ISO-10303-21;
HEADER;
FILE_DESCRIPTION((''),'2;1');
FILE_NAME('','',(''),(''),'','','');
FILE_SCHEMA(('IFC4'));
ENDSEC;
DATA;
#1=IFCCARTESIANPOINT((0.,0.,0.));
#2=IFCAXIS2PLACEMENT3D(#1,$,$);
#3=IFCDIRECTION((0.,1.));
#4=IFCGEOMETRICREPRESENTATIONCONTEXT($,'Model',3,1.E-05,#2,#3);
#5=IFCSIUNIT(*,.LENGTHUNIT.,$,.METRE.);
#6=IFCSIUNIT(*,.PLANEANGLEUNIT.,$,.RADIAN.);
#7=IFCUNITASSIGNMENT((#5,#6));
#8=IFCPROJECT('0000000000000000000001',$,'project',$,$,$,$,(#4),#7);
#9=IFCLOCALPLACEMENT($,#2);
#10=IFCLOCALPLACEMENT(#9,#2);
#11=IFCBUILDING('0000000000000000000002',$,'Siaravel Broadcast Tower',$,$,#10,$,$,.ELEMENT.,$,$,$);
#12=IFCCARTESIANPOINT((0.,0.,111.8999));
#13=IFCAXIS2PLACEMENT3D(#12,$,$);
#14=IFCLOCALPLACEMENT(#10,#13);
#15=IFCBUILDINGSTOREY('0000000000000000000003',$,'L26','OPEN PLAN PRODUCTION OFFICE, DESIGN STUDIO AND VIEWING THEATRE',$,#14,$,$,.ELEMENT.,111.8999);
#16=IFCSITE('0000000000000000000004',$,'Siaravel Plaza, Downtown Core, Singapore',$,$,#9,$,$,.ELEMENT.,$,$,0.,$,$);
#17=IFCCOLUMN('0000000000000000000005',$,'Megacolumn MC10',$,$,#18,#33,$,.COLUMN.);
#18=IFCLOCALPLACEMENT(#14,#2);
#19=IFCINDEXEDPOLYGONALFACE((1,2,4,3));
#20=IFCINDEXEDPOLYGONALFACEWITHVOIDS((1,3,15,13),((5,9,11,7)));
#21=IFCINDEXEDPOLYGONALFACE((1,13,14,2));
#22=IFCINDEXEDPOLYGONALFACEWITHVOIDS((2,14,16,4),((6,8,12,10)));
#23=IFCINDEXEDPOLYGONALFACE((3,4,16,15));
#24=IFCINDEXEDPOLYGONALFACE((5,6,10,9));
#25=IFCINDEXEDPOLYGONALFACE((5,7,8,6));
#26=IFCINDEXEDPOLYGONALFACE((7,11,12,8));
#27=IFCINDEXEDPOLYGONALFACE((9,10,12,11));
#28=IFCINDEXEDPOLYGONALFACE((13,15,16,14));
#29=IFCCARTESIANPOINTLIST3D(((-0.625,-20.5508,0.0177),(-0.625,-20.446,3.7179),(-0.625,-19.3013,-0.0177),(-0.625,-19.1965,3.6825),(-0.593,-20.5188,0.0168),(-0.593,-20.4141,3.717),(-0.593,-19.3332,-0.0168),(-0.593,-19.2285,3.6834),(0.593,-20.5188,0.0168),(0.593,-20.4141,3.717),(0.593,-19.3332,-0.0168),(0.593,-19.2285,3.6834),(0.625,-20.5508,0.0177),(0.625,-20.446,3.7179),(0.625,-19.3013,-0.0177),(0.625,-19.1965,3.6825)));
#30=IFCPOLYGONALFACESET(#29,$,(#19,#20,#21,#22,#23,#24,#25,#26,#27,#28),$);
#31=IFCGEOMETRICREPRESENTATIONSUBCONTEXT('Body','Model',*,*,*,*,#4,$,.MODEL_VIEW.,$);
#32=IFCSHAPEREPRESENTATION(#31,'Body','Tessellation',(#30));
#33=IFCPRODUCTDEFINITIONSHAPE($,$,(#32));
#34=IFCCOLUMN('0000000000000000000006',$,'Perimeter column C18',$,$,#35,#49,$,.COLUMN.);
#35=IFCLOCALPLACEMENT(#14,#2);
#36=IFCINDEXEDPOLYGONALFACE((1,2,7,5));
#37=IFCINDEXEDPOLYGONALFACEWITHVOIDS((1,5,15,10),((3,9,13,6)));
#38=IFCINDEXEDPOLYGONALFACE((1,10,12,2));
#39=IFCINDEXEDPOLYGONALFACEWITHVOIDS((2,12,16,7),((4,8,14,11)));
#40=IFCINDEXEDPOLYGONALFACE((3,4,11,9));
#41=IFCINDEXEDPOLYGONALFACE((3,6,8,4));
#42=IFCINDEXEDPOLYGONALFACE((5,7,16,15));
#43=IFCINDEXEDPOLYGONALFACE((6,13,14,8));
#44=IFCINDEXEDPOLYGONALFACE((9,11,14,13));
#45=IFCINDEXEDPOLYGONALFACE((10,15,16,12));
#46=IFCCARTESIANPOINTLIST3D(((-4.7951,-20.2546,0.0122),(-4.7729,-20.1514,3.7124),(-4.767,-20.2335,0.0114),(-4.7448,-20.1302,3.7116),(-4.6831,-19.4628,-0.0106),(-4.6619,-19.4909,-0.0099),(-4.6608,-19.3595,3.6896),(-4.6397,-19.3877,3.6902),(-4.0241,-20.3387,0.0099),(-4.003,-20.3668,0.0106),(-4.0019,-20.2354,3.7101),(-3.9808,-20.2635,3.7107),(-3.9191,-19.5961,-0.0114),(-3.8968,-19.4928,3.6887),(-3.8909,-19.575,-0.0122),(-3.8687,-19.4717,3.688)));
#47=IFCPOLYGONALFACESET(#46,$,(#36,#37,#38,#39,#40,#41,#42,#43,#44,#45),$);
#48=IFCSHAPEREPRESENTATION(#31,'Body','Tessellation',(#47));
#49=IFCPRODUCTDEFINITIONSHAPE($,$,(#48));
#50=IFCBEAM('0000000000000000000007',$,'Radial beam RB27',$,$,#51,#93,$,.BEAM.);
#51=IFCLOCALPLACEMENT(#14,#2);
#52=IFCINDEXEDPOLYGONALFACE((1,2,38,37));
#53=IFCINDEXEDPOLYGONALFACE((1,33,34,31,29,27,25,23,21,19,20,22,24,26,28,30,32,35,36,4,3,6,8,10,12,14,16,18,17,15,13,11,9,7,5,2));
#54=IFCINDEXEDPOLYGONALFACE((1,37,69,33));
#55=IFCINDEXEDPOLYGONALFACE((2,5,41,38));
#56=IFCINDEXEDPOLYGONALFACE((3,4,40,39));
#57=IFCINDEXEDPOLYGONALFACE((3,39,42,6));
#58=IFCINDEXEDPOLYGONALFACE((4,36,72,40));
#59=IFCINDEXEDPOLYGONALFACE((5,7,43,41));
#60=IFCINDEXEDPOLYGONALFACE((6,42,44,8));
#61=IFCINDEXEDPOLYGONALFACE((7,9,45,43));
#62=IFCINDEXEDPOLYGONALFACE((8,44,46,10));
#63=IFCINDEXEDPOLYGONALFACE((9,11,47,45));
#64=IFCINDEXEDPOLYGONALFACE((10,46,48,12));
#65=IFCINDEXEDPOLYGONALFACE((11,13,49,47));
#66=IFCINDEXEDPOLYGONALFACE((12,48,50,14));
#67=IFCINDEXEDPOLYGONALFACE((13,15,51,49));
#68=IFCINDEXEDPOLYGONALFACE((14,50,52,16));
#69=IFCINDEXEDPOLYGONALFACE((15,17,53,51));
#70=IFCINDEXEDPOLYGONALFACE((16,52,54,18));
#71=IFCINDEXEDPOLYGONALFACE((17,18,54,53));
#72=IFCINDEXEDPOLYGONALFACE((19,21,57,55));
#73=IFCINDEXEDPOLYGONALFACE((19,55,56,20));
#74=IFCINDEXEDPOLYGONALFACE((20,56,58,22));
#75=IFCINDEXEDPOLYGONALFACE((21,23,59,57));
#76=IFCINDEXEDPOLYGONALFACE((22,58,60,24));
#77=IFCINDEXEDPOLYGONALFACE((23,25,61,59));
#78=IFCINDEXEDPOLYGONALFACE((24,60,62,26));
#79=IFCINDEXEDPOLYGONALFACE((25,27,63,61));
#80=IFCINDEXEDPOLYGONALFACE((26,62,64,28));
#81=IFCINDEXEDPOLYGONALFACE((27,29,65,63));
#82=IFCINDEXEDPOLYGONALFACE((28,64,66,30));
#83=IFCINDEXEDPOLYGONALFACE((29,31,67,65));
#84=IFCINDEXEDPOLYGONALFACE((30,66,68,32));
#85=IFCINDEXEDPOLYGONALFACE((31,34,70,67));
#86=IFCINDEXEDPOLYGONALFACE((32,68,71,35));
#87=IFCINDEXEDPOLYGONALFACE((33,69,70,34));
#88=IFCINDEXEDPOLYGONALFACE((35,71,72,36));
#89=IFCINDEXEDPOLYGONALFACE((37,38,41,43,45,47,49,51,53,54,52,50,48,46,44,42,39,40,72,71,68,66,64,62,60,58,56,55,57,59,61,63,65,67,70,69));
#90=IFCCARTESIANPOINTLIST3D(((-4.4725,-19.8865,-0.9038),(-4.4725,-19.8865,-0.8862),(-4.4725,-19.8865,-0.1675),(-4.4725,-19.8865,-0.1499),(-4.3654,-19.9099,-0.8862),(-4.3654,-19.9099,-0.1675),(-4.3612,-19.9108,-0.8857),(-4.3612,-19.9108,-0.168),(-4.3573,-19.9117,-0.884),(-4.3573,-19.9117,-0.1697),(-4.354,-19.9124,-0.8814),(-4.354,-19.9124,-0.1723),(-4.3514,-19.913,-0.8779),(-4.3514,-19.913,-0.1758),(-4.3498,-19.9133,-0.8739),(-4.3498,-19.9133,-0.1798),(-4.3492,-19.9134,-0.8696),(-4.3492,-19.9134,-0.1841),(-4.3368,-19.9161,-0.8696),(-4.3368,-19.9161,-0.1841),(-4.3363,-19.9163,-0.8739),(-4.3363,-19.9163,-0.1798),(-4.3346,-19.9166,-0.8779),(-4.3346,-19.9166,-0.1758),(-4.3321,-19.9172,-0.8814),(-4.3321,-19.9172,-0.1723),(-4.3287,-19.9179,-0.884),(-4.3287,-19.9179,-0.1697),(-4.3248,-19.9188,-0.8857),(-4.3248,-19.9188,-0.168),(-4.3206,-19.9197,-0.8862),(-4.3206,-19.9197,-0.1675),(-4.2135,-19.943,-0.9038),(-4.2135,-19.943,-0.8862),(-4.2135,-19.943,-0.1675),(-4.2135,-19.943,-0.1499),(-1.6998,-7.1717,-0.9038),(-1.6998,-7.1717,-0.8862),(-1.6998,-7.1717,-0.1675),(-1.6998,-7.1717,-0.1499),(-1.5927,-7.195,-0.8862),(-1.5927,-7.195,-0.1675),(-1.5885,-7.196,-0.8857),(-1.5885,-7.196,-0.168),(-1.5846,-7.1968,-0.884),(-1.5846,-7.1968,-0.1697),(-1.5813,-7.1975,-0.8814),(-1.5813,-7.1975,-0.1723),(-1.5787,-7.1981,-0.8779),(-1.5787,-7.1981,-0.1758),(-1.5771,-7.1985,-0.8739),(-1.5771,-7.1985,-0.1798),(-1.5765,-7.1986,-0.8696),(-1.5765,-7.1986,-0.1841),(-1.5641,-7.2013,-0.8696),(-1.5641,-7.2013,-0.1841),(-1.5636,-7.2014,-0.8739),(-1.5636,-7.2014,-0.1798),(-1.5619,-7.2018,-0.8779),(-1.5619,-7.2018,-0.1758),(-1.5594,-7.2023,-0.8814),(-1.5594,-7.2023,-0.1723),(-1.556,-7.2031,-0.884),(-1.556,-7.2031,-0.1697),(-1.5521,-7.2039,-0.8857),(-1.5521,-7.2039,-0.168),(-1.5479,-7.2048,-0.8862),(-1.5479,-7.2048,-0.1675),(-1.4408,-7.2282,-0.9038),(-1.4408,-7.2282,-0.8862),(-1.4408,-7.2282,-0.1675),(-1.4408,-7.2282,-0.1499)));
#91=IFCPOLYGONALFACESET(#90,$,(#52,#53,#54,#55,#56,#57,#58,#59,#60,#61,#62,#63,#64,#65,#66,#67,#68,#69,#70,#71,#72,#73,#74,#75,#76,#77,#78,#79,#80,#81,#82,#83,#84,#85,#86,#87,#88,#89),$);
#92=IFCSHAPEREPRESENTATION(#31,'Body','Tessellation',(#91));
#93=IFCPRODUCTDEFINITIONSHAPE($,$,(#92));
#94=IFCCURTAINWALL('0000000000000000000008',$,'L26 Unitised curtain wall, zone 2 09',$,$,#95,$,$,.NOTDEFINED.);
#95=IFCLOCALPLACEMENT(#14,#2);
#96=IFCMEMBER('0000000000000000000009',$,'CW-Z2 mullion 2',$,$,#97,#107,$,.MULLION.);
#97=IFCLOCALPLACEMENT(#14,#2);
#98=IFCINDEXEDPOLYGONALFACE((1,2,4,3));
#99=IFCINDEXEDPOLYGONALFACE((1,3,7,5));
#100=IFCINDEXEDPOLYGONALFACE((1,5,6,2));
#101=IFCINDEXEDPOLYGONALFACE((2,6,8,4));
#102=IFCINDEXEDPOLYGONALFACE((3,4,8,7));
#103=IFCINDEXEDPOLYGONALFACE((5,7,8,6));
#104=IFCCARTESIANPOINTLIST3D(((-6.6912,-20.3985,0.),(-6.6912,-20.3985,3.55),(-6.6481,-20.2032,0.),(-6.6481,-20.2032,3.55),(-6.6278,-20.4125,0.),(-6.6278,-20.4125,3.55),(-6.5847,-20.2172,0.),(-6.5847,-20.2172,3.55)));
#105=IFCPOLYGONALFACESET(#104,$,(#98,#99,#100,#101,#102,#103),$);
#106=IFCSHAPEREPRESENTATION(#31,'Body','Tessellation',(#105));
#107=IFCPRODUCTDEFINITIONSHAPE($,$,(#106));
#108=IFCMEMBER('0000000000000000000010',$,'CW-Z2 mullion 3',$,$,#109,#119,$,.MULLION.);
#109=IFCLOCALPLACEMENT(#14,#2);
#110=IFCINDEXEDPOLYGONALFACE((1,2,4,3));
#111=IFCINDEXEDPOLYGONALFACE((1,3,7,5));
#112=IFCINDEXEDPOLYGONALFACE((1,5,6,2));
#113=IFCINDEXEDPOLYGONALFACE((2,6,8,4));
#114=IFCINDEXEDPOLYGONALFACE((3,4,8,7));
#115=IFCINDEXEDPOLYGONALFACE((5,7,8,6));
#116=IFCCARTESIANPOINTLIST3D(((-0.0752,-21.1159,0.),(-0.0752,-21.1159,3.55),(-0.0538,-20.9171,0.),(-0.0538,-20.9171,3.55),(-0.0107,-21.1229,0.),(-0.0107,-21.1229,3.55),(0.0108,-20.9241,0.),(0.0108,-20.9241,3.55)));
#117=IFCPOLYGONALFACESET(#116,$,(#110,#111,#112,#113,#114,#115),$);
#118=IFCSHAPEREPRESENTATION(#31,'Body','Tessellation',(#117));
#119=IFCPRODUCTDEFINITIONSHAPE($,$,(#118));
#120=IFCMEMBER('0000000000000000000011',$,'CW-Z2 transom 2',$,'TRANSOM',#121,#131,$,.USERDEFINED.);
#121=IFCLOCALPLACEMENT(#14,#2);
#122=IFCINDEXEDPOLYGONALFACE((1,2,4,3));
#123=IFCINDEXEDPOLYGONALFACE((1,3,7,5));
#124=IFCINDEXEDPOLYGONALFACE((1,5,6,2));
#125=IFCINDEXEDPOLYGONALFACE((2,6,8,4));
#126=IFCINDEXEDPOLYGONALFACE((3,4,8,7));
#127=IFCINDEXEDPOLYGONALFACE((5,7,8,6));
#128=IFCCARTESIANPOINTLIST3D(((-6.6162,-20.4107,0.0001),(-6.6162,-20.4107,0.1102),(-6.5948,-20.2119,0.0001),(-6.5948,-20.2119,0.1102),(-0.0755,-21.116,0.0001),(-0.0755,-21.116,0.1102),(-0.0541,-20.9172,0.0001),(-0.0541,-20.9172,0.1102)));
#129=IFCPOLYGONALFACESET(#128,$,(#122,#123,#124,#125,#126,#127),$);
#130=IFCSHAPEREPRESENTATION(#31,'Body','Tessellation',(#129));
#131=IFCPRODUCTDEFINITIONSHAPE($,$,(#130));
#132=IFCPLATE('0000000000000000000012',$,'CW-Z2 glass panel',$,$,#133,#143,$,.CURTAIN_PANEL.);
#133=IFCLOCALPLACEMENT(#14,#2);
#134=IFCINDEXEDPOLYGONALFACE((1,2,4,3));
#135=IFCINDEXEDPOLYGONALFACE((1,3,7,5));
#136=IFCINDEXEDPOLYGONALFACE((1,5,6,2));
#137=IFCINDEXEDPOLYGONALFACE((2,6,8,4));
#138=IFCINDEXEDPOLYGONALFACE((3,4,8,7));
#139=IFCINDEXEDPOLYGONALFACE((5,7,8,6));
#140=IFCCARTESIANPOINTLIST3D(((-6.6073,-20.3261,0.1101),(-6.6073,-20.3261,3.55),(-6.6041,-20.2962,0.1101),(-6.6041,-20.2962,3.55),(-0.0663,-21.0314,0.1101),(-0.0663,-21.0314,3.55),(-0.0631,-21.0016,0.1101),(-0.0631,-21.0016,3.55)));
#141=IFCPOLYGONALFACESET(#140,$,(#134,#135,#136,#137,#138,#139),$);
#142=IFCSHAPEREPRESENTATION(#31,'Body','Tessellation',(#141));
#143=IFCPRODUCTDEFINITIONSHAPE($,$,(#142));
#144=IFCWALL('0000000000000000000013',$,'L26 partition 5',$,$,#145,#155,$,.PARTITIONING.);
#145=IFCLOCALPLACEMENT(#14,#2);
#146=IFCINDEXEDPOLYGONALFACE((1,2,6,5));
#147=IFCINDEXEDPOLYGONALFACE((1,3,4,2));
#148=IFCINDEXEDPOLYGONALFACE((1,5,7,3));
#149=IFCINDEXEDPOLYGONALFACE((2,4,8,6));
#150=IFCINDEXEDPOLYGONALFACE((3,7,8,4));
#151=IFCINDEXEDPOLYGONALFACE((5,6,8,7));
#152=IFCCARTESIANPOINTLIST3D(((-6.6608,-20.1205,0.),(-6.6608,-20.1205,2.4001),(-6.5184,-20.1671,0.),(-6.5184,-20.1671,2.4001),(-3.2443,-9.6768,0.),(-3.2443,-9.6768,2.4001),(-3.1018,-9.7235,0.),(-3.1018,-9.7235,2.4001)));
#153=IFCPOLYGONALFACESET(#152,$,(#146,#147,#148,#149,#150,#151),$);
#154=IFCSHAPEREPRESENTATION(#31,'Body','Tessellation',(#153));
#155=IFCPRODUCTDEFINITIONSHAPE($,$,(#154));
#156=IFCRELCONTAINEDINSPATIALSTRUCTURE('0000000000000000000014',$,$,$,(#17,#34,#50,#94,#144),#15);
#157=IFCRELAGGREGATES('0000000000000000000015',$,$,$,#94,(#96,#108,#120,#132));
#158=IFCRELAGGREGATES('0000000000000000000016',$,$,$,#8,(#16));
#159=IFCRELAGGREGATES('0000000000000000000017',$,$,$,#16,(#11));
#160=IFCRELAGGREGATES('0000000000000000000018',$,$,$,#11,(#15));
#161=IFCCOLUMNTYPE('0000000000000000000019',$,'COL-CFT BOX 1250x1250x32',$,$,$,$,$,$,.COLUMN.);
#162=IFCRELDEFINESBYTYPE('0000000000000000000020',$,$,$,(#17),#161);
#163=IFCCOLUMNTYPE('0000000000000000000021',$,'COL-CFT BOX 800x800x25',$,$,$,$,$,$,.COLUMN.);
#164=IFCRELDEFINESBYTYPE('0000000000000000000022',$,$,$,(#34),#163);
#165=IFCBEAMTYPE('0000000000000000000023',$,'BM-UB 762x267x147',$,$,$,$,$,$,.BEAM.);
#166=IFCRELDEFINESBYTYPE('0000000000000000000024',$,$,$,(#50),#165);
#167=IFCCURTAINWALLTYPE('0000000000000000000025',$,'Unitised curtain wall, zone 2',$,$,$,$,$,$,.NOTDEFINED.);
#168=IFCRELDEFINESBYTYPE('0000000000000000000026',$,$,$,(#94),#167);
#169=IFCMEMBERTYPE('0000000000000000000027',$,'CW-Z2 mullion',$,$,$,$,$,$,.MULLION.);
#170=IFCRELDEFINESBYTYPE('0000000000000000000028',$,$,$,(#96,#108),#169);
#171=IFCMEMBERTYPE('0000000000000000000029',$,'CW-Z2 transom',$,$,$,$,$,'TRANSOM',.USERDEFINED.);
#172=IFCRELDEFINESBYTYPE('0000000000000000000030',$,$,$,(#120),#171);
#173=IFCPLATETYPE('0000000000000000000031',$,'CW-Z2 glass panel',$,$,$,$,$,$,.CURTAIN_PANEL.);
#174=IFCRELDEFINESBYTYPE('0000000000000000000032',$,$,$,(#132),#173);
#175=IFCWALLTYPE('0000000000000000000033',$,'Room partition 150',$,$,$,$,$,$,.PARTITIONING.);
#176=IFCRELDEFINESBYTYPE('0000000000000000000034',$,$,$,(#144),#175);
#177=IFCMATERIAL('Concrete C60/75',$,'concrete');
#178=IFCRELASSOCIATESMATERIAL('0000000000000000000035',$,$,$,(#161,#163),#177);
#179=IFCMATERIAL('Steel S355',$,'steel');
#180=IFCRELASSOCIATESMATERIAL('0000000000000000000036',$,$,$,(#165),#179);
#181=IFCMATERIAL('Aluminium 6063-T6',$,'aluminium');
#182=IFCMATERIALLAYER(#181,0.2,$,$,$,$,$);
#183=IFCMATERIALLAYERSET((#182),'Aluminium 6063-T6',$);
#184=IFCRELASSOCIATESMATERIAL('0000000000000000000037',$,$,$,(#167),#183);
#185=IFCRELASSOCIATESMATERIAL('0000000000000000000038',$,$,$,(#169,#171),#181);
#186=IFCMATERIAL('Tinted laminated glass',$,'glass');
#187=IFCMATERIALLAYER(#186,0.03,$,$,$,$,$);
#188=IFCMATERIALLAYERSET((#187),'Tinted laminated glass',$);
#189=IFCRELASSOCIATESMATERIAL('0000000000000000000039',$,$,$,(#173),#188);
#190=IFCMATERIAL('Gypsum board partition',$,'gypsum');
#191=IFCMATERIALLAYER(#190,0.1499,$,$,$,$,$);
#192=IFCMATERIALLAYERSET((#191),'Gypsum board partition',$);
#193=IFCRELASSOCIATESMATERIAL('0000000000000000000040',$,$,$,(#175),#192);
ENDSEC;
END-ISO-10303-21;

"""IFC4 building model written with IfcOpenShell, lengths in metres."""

from ifc_helpers import new_model, si_unit, direction, frame, frame_2d, origin, origin_2d, place, context, subcontext, project, spatial, rectangle, hollow_rectangle, i_section, extrude, material, layer, layer_set, material_profile, profile_set, type_object, element, aggregate, save


model = new_model("IFC4")

# Units and contexts
model_context = context("Model", 3, precision=1e-05, world=origin(), true_north=direction((0.0, 1.0)))
body_context = subcontext(model_context, "Body", "Model", "MODEL_VIEW")
ifc_project = project(units=[si_unit("LENGTHUNIT", "METRE"), si_unit("PLANEANGLEUNIT", "RADIAN")], contexts=[model_context])

# Site, building, storey
site_placement = place(None, origin())
site = spatial("IfcSite", under=ifc_project, at=site_placement, Name="Siaravel Plaza, Downtown Core, Singapore", CompositionType="ELEMENT", RefElevation=0.0)
building_placement = place(site_placement, origin())
building = spatial("IfcBuilding", under=site, at=building_placement, Name="Siaravel Broadcast Tower", CompositionType="ELEMENT")
storey_placement = place(building_placement, frame((0.0, 0.0, 111.8999)))
storey = spatial("IfcBuildingStorey", under=building, at=storey_placement, Name="L26", Description="OPEN PLAN PRODUCTION OFFICE, DESIGN STUDIO AND VIEWING THEATRE", CompositionType="ELEMENT", Elevation=111.8999)

# Columns
ifc_material_1 = material(Name="Concrete C60/75", Category="concrete")
ifc_material_profile_1 = material_profile(ifc_material_1, hollow_rectangle(XDim=1.25, YDim=1.25, WallThickness=0.032, at=origin_2d()))
ifc_profile_set_1 = profile_set([ifc_material_profile_1], Name="Concrete C60/75")
column_type_1 = type_object("IfcColumnType", Name="COL-CFT BOX 1250x1250x32", PredefinedType="COLUMN", material=ifc_profile_set_1)
column_1_placement = place(storey_placement, frame((0.0, -19.926, 0.0), z_axis=(0.0, 0.028294, 0.9996), x_axis=(-1.0, 0.0, 0.0)))
element("IfcColumn", 1, at=column_1_placement, inside=storey, type_object=column_type_1, Name="Megacolumn MC10", PredefinedType="COLUMN", context=body_context, shape_type="SweptSolid", body=[
    extrude(hollow_rectangle(XDim=1.25, YDim=1.25, WallThickness=0.032, at=origin_2d()), origin(), (0.0, 0.0, 1.0), 3.7017),
])
ifc_material_profile_2 = material_profile(ifc_material_1, hollow_rectangle(XDim=0.8, YDim=0.8, WallThickness=0.0249, at=origin_2d()))
ifc_profile_set_2 = profile_set([ifc_material_profile_2], Name="Concrete C60/75")
column_type_2 = type_object("IfcColumnType", Name="COL-CFT BOX 800x800x25", PredefinedType="COLUMN", material=ifc_profile_set_2)
column_2_placement = place(storey_placement, frame((-4.343, -19.9148, 0.0), z_axis=(0.006002, 0.027898, 0.999593), x_axis=(-0.990123, 0.140187, 0.002032)))
element("IfcColumn", 2, at=column_2_placement, inside=storey, type_object=column_type_2, Name="Perimeter column C18", PredefinedType="COLUMN", context=body_context, shape_type="SweptSolid", body=[
    extrude(hollow_rectangle(XDim=0.8, YDim=0.8, WallThickness=0.0249, at=origin_2d()), origin(), (0.0, 0.0, 1.0), 3.7017),
])

# Beam
ifc_material_2 = material(Name="Steel S355", Category="steel")
ifc_material_profile_3 = material_profile(ifc_material_2, i_section(OverallWidth=0.2651, OverallDepth=0.7539, WebThickness=0.0127, FlangeThickness=0.0176, FilletRadius=0.0166, at=origin_2d()))
ifc_profile_set_3 = profile_set([ifc_material_profile_3], Name="Steel S355")
beam_type = type_object("IfcBeamType", Name="BM-UB 762x267x147", PredefinedType="BEAM", material=ifc_profile_set_3)
beam_placement = place(storey_placement, frame((-4.343, -19.9148, -0.5269), z_axis=(0.213061, 0.977039, 0.0), x_axis=(-0.977039, 0.213061, 0.0)))
element("IfcBeam", 3, at=beam_placement, inside=storey, type_object=beam_type, Name="Radial beam RB27", PredefinedType="BEAM", context=body_context, shape_type="SweptSolid", body=[
    extrude(i_section(OverallWidth=0.2651, OverallDepth=0.7539, WebThickness=0.0127, FlangeThickness=0.0176, FilletRadius=0.0166, at=origin_2d()), origin(), (0.0, 0.0, 1.0), 13.0137),
])

# Curtain wall, members, plate
ifc_material_3 = material(Name="Aluminium 6063-T6", Category="aluminium")
ifc_layer_1 = layer(ifc_material_3, 0.2)
ifc_layer_set_1 = layer_set([ifc_layer_1], Name="Aluminium 6063-T6")
curtain_wall_type = type_object("IfcCurtainWallType", Name="Unitised curtain wall, zone 2", PredefinedType="NOTDEFINED", material=ifc_layer_set_1)
curtain_wall_placement = place(storey_placement, origin())
curtain_wall = element("IfcCurtainWall", 4, at=curtain_wall_placement, inside=storey, type_object=curtain_wall_type, Name="L26 Unitised curtain wall, zone 2 09", PredefinedType="NOTDEFINED")
ifc_material_profile_4 = material_profile(ifc_material_3, rectangle(XDim=0.2, YDim=0.0649, at=origin_2d()))
ifc_profile_set_4 = profile_set([ifc_material_profile_4], Name="Aluminium 6063-T6")
member_type_1 = type_object("IfcMemberType", Name="CW-Z2 mullion", PredefinedType="MULLION", material=ifc_profile_set_4)
member_1_placement = place(storey_placement, frame((-6.6379, -20.3079, 0.0), z_axis=(0.0, 0.0, 1.0), x_axis=(0.215558, 0.976491, 0.0)))
member_1 = element("IfcMember", 5, at=member_1_placement, type_object=member_type_1, Name="CW-Z2 mullion 2", PredefinedType="MULLION", context=body_context, shape_type="SweptSolid", body=[
    extrude(rectangle(XDim=0.2, YDim=0.0649, at=origin_2d()), origin(), (0.0, 0.0, 1.0), 3.55),
])
member_2_placement = place(storey_placement, frame((-0.0322, -21.02, 0.0), z_axis=(0.0, 0.0, 1.0), x_axis=(0.107217, 0.994236, 0.0)))
member_2 = element("IfcMember", 6, at=member_2_placement, type_object=member_type_1, Name="CW-Z2 mullion 3", PredefinedType="MULLION", context=body_context, shape_type="SweptSolid", body=[
    extrude(rectangle(XDim=0.2, YDim=0.0649, at=origin_2d()), origin(), (0.0, 0.0, 1.0), 3.55),
])
ifc_material_profile_5 = material_profile(ifc_material_3, rectangle(XDim=0.2, YDim=0.1101, at=origin_2d()))
ifc_profile_set_5 = profile_set([ifc_material_profile_5], Name="Aluminium 6063-T6")
member_type_2 = type_object("IfcMemberType", Name="CW-Z2 transom", ElementType="TRANSOM", PredefinedType="USERDEFINED", material=ifc_profile_set_5)
member_3_placement = place(storey_placement, frame((-6.6055, -20.3113, 0.0552), z_axis=(0.994236, -0.107213, 0.0), x_axis=(0.107213, 0.994236, 0.0)))
member_3 = element("IfcMember", 7, at=member_3_placement, type_object=member_type_2, Name="CW-Z2 transom 2", ObjectType="TRANSOM", PredefinedType="USERDEFINED", context=body_context, shape_type="SweptSolid", body=[
    extrude(rectangle(XDim=0.2, YDim=0.1101, at=origin_2d()), origin(), (0.0, 0.0, 1.0), 6.5786),
])
ifc_material_4 = material(Name="Tinted laminated glass", Category="glass")
ifc_layer_2 = layer(ifc_material_4, 0.03)
ifc_layer_set_2 = layer_set([ifc_layer_2], Name="Tinted laminated glass")
plate_type = type_object("IfcPlateType", Name="CW-Z2 glass panel", PredefinedType="CURTAIN_PANEL", material=ifc_layer_set_2)
plate_placement = place(storey_placement, frame((-3.3352, -20.6638, 0.1101), z_axis=(0.0, 0.0, 1.0), x_axis=(0.994236, -0.107217, 0.0)))
plate = element("IfcPlate", 8, at=plate_placement, type_object=plate_type, Name="CW-Z2 glass panel", PredefinedType="CURTAIN_PANEL", context=body_context, shape_type="SweptSolid", body=[
    extrude(rectangle(XDim=6.5789, YDim=0.03, at=origin_2d()), origin(), (0.0, 0.0, 1.0), 3.4399),
])
aggregate(curtain_wall, [member_1, member_2, member_3, plate])

# Wall
ifc_material_5 = material(Name="Gypsum board partition", Category="gypsum")
ifc_layer_3 = layer(ifc_material_5, 0.1499)
ifc_layer_set_3 = layer_set([ifc_layer_3], Name="Gypsum board partition")
wall_type = type_object("IfcWallType", Name="Room partition 150", PredefinedType="PARTITIONING", material=ifc_layer_set_3)
wall_placement = place(storey_placement, frame((-6.5896, -20.1438, 0.0), z_axis=(0.0, 0.0, 1.0), x_axis=(0.310924, 0.950435, 0.0)))
element("IfcWall", 9, at=wall_placement, inside=storey, type_object=wall_type, Name="L26 partition 5", PredefinedType="PARTITIONING", context=body_context, shape_type="SweptSolid", body=[
    extrude(rectangle(XDim=10.9883, YDim=0.1499, at=frame_2d((5.4941, 0.0))), origin(), (0.0, 0.0, 1.0), 2.4001),
])

save(model, "model.ifc")
